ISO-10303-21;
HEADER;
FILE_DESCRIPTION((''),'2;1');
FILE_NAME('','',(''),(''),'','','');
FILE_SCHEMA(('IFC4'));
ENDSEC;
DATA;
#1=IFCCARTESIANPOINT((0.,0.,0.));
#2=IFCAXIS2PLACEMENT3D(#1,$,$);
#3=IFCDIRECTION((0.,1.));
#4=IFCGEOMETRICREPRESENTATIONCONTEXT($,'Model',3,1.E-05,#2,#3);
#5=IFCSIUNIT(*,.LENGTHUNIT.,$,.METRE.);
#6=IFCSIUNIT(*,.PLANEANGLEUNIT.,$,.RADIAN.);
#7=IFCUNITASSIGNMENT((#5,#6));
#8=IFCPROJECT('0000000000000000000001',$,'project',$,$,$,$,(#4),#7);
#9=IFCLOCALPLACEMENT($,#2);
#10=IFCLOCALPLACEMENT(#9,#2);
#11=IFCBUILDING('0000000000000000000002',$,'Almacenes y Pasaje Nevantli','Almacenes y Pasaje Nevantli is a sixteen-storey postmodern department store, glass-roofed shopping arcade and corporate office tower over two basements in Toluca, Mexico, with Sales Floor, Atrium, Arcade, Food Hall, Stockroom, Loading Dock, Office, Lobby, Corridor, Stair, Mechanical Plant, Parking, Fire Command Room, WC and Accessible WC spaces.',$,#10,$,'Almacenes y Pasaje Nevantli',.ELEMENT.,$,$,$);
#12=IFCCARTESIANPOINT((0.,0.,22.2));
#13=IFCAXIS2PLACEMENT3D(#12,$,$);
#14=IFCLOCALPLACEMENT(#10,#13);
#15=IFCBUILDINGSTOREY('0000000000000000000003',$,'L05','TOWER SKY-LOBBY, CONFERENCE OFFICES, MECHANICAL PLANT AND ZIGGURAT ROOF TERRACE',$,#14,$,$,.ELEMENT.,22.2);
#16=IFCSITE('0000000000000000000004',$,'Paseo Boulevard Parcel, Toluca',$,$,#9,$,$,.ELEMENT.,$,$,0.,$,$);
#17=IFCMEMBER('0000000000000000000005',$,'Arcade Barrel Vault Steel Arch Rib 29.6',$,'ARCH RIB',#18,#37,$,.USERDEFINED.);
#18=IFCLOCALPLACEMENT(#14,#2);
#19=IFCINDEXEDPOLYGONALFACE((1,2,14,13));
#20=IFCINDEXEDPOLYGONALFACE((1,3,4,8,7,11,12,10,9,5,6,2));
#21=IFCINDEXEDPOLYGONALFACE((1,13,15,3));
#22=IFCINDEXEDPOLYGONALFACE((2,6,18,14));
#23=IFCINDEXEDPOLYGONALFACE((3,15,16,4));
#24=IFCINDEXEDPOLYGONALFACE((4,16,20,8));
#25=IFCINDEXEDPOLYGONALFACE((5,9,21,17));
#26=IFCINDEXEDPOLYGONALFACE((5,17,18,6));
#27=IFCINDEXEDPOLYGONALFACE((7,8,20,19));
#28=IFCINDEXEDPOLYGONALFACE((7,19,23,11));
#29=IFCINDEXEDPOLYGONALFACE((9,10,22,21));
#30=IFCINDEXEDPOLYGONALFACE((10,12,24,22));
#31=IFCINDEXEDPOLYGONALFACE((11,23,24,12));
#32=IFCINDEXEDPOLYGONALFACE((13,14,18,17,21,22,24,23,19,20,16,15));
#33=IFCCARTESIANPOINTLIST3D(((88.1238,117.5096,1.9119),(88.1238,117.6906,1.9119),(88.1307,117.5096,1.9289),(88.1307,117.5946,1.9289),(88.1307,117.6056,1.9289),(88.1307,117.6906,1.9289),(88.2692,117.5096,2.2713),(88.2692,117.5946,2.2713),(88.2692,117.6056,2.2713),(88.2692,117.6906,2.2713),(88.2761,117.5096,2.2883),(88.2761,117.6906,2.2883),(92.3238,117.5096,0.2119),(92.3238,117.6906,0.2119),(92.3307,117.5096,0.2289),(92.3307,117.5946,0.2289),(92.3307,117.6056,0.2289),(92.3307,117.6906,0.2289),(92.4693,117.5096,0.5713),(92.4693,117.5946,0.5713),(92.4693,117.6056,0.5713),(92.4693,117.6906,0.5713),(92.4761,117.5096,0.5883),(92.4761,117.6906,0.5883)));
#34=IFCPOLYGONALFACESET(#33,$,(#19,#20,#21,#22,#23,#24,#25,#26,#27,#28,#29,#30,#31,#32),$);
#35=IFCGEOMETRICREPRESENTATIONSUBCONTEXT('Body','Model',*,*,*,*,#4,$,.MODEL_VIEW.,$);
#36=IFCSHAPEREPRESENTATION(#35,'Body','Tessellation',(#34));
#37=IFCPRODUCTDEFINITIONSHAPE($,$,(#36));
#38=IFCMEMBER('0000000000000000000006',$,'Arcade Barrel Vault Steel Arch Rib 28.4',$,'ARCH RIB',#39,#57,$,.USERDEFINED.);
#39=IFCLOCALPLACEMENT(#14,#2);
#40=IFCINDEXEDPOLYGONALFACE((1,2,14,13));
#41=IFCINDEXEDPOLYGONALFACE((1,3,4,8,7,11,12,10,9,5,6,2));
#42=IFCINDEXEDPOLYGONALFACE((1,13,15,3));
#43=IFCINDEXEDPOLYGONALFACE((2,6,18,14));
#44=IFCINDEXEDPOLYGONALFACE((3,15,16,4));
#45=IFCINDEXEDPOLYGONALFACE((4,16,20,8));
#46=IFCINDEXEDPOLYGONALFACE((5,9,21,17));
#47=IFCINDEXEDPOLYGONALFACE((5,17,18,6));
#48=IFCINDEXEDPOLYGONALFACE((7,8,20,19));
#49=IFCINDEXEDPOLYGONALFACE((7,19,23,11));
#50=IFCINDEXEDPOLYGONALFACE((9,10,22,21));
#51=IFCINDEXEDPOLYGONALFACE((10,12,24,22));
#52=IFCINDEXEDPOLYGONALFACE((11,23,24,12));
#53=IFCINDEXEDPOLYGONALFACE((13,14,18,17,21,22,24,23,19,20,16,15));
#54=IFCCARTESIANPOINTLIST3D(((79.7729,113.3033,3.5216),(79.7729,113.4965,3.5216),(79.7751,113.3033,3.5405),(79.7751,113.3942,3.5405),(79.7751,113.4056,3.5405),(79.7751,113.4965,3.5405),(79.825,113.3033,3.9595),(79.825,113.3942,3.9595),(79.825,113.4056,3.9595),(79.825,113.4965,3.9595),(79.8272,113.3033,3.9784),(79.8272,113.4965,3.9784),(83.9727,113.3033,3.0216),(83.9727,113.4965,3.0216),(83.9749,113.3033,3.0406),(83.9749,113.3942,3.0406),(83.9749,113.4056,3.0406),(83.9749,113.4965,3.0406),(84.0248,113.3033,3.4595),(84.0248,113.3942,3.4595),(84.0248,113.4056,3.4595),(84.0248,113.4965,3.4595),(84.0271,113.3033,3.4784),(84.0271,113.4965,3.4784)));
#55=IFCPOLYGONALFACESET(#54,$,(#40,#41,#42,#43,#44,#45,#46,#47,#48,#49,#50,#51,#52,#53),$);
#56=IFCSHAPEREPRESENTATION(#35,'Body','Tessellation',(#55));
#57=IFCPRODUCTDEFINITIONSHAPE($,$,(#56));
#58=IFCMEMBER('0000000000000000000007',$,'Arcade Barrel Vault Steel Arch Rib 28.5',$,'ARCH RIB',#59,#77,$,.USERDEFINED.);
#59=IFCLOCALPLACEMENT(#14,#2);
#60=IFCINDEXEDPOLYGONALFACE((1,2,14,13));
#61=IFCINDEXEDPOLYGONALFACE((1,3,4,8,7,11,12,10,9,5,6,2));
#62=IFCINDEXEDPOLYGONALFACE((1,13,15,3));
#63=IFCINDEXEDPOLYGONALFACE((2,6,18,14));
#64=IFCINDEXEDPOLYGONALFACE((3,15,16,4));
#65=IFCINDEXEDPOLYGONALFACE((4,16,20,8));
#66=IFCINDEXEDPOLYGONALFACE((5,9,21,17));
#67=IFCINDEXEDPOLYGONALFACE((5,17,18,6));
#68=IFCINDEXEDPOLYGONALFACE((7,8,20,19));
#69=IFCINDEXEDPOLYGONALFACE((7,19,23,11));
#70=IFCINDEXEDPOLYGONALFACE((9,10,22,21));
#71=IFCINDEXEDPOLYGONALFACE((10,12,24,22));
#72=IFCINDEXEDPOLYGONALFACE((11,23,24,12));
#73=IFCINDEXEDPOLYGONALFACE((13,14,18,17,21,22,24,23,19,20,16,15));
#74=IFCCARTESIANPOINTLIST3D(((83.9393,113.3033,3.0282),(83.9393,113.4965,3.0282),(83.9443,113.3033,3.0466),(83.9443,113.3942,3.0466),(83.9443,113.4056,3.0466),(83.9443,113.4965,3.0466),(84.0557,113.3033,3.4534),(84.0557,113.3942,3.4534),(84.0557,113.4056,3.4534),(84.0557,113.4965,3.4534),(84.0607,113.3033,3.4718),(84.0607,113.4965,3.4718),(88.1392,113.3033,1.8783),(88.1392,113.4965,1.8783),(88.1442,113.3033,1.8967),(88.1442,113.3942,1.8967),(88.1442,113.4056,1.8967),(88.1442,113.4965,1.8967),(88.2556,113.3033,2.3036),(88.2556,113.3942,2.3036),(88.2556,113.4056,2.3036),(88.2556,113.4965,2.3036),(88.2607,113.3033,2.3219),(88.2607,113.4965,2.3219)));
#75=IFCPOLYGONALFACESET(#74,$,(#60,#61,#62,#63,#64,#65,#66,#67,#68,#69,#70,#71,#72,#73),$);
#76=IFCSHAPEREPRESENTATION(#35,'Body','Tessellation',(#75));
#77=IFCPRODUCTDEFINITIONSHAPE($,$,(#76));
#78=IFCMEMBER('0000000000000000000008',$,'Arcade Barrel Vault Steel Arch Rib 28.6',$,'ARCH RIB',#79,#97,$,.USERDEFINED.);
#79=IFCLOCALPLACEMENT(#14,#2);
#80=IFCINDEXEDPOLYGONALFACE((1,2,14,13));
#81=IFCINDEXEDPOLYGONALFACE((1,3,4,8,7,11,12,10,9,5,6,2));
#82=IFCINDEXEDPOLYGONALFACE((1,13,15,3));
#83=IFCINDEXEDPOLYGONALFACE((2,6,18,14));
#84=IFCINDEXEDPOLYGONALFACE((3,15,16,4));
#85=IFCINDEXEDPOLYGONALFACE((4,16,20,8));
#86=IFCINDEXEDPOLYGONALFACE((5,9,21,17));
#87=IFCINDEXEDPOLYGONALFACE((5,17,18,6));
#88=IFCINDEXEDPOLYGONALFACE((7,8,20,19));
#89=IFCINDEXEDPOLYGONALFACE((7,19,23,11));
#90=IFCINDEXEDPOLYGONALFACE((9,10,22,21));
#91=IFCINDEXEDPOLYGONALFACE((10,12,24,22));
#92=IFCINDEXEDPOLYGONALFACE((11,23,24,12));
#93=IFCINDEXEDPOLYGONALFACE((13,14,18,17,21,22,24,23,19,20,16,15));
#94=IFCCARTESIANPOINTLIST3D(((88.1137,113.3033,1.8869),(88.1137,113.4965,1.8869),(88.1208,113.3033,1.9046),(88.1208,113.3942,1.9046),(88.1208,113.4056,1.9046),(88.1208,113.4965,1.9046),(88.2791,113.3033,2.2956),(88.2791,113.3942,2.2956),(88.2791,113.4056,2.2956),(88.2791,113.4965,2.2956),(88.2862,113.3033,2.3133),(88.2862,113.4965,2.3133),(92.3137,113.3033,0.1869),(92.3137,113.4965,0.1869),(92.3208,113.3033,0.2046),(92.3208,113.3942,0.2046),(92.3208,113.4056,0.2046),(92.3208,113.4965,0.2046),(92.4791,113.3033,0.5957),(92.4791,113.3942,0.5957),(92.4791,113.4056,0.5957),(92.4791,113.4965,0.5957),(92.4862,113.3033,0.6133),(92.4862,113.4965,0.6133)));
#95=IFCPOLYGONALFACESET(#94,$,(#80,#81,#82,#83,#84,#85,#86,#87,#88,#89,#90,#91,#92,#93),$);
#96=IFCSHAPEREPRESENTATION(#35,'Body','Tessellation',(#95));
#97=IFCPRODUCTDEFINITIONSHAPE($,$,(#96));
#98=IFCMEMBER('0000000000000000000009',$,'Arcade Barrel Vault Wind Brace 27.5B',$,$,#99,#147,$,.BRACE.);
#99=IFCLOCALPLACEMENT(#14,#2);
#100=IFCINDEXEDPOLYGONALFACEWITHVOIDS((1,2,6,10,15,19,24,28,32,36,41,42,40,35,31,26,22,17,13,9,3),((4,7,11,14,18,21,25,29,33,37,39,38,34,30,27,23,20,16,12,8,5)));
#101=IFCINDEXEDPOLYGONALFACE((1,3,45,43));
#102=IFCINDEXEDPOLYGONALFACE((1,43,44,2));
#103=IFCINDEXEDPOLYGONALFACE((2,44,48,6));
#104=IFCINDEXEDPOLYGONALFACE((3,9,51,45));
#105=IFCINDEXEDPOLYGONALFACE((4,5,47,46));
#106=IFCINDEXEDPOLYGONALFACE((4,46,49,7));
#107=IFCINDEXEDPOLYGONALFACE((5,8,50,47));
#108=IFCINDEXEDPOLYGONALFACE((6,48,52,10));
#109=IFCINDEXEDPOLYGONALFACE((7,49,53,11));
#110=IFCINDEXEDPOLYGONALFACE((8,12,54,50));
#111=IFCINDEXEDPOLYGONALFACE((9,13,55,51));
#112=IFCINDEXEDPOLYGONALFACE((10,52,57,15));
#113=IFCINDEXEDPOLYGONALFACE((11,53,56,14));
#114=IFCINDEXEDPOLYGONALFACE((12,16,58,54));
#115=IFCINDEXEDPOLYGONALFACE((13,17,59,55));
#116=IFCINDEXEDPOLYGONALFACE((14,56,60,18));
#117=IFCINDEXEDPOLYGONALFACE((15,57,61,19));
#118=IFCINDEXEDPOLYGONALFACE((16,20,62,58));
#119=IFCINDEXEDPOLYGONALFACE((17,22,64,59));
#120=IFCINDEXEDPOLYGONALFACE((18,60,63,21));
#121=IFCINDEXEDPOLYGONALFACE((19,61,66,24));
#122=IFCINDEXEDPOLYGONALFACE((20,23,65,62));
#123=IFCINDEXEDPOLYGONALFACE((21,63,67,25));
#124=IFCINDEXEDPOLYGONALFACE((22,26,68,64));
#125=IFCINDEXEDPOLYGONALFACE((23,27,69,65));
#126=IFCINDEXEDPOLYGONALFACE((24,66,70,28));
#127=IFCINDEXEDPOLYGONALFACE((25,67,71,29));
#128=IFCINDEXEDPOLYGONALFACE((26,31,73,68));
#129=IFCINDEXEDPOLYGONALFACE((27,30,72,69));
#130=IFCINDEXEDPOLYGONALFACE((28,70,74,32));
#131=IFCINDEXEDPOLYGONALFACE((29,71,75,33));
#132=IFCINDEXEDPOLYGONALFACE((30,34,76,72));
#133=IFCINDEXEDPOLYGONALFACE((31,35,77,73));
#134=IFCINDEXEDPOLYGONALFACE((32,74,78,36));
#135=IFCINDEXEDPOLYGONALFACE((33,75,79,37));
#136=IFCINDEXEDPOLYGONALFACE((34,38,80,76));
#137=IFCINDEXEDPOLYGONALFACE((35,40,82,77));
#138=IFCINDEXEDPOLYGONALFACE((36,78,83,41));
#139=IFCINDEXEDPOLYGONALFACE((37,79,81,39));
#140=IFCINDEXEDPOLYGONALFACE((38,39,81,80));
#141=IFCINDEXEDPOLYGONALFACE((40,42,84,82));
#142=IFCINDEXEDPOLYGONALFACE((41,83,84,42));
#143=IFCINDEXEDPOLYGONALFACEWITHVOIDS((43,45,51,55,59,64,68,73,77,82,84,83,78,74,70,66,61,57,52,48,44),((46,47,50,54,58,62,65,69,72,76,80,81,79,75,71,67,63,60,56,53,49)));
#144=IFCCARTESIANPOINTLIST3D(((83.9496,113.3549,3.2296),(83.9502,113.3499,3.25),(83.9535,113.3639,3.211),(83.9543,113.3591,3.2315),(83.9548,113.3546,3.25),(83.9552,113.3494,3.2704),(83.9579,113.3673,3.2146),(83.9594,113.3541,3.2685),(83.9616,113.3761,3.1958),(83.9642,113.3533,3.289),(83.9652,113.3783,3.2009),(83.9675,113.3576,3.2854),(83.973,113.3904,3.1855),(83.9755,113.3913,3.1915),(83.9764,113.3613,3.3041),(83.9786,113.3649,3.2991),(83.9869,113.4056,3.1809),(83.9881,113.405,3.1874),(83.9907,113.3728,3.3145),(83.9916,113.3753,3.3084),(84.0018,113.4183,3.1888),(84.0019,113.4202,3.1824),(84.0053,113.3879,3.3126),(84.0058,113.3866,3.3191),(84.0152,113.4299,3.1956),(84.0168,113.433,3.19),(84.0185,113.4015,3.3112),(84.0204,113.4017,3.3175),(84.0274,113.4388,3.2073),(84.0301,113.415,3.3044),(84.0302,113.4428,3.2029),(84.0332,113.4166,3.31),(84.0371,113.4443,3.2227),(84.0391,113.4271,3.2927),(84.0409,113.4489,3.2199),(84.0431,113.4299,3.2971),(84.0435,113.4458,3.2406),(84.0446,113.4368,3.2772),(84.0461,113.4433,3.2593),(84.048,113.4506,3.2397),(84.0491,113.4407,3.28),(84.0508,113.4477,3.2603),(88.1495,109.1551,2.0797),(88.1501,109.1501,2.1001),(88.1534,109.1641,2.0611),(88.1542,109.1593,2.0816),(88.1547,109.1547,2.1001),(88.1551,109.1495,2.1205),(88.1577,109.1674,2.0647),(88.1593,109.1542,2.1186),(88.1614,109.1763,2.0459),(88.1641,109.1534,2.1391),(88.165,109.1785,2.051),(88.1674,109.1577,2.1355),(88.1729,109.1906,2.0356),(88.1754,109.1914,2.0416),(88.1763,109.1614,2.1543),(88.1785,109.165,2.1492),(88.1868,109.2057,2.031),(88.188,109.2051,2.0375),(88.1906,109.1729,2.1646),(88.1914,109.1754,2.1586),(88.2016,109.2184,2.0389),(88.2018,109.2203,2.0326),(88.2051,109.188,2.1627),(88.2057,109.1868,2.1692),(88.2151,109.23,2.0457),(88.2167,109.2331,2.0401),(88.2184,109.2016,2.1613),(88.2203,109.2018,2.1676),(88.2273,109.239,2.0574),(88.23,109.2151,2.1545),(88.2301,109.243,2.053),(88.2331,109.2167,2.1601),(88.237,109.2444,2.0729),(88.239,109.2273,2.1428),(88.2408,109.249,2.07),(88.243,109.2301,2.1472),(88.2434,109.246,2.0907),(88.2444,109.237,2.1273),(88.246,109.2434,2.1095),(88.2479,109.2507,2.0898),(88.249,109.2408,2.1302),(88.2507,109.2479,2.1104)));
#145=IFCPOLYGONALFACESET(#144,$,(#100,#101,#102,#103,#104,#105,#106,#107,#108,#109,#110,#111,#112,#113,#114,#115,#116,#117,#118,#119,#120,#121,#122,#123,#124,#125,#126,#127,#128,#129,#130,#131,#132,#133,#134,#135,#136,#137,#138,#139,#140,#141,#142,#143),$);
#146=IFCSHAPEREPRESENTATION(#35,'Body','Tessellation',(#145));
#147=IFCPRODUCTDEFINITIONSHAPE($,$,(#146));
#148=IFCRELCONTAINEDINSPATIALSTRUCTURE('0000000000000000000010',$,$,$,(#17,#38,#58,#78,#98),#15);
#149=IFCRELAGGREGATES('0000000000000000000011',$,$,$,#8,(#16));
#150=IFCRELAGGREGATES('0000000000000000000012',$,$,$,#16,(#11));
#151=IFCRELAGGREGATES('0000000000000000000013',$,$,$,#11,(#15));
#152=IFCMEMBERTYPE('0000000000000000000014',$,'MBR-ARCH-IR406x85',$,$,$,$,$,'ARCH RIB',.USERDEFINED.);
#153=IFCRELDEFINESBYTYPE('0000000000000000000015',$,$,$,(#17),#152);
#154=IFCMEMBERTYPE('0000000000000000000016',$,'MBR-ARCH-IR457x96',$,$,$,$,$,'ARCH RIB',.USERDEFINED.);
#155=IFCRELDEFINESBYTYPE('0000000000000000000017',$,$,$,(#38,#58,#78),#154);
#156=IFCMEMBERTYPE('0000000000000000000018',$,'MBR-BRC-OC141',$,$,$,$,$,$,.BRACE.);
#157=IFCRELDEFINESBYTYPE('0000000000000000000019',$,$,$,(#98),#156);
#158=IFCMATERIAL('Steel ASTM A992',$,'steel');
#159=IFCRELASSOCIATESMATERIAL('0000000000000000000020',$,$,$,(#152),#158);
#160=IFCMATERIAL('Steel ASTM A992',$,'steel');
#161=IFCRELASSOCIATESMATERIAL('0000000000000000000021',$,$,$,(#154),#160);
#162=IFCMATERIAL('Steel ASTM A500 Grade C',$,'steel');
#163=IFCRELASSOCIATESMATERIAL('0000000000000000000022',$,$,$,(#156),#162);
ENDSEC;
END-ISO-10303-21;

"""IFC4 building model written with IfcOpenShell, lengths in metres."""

from ifc_helpers import new_model, si_unit, direction, frame, origin, origin_2d, place, context, subcontext, project, spatial, hollow_circle, i_section, extrude, material, material_profile, profile_set, type_object, element, save


model = new_model("IFC4")

# Units and contexts
model_context = context("Model", 3, precision=1e-05, world=origin(), true_north=direction((0.0, 1.0)))
body_context = subcontext(model_context, "Body", "Model", "MODEL_VIEW")
ifc_project = project(units=[si_unit("LENGTHUNIT", "METRE"), si_unit("PLANEANGLEUNIT", "RADIAN")], contexts=[model_context])

# Site, building, storey
site_placement = place(None, origin())
site = spatial("IfcSite", under=ifc_project, at=site_placement, Name="Paseo Boulevard Parcel, Toluca", CompositionType="ELEMENT", RefElevation=0.0)
building_placement = place(site_placement, origin())
building = spatial("IfcBuilding", under=site, at=building_placement, Name="Almacenes y Pasaje Nevantli", Description="Almacenes y Pasaje Nevantli is a sixteen-storey postmodern department store, glass-roofed shopping arcade and corporate office tower over two basements in Toluca, Mexico, with Sales Floor, Atrium, Arcade, Food Hall, Stockroom, Loading Dock, Office, Lobby, Corridor, Stair, Mechanical Plant, Parking, Fire Command Room, WC and Accessible WC spaces.", LongName="Almacenes y Pasaje Nevantli", CompositionType="ELEMENT")
storey_placement = place(building_placement, frame((0.0, 0.0, 22.2)))
storey = spatial("IfcBuildingStorey", under=building, at=storey_placement, Name="L05", Description="TOWER SKY-LOBBY, CONFERENCE OFFICES, MECHANICAL PLANT AND ZIGGURAT ROOF TERRACE", CompositionType="ELEMENT", Elevation=22.2)

# Members
ifc_material_1 = material(Name="Steel ASTM A992", Category="steel")
ifc_material_profile_1 = material_profile(ifc_material_1, i_section(OverallWidth=0.1809, OverallDepth=0.406, WebThickness=0.011, FlangeThickness=0.0183, at=origin_2d()), Name="IR 406x85.0")
ifc_profile_set_1 = profile_set([ifc_material_profile_1], Name="Steel ASTM A992")
member_type_1 = type_object("IfcMemberType", Name="MBR-ARCH-IR406x85", ElementType="ARCH RIB", PredefinedType="USERDEFINED", material=ifc_profile_set_1)
member_1_placement = place(storey_placement, frame((88.2, 117.6001, 2.1001), z_axis=(0.926949, 0.0, -0.375187), x_axis=(0.0, 1.0, 0.0)))
element("IfcMember", 1, at=member_1_placement, inside=storey, type_object=member_type_1, Name="Arcade Barrel Vault Steel Arch Rib 29.6", ObjectType="ARCH RIB", PredefinedType="USERDEFINED", context=body_context, shape_type="SweptSolid", body=[
    extrude(i_section(OverallWidth=0.1809, OverallDepth=0.406, WebThickness=0.011, FlangeThickness=0.0183, at=origin_2d()), origin(), (0.0, 0.0, 1.0), 4.531),
])
ifc_material_2 = material(Name="Steel ASTM A992", Category="steel")
ifc_material_profile_2 = material_profile(ifc_material_2, i_section(OverallWidth=0.1931, OverallDepth=0.46, WebThickness=0.0115, FlangeThickness=0.019, at=origin_2d()), Name="IR 457x96.7")
ifc_profile_set_2 = profile_set([ifc_material_profile_2], Name="Steel ASTM A992")
member_type_2 = type_object("IfcMemberType", Name="MBR-ARCH-IR457x96", ElementType="ARCH RIB", PredefinedType="USERDEFINED", material=ifc_profile_set_2)
member_2_placement = place(storey_placement, frame((79.8, 113.3999, 3.75), z_axis=(0.992988, 0.0, -0.118214), x_axis=(0.0, 1.0, 0.0)))
element("IfcMember", 2, at=member_2_placement, inside=storey, type_object=member_type_2, Name="Arcade Barrel Vault Steel Arch Rib 28.4", ObjectType="ARCH RIB", PredefinedType="USERDEFINED", context=body_context, shape_type="SweptSolid", body=[
    extrude(i_section(OverallWidth=0.1931, OverallDepth=0.46, WebThickness=0.0115, FlangeThickness=0.019, at=origin_2d()), origin(), (0.0, 0.0, 1.0), 4.2295),
])
member_3_placement = place(storey_placement, frame((84.0, 113.3999, 3.25), z_axis=(0.964503, 0.0, -0.264071), x_axis=(0.0, 1.0, 0.0)))
element("IfcMember", 3, at=member_3_placement, inside=storey, type_object=member_type_2, Name="Arcade Barrel Vault Steel Arch Rib 28.5", ObjectType="ARCH RIB", PredefinedType="USERDEFINED", context=body_context, shape_type="SweptSolid", body=[
    extrude(i_section(OverallWidth=0.1931, OverallDepth=0.46, WebThickness=0.0115, FlangeThickness=0.019, at=origin_2d()), origin(), (0.0, 0.0, 1.0), 4.3545),
])
member_4_placement = place(storey_placement, frame((88.2, 113.3999, 2.1001), z_axis=(0.926949, 0.0, -0.375187), x_axis=(0.0, 1.0, 0.0)))
element("IfcMember", 4, at=member_4_placement, inside=storey, type_object=member_type_2, Name="Arcade Barrel Vault Steel Arch Rib 28.6", ObjectType="ARCH RIB", PredefinedType="USERDEFINED", context=body_context, shape_type="SweptSolid", body=[
    extrude(i_section(OverallWidth=0.1931, OverallDepth=0.46, WebThickness=0.0115, FlangeThickness=0.019, at=origin_2d()), origin(), (0.0, 0.0, 1.0), 4.531),
])
ifc_material_3 = material(Name="Steel ASTM A500 Grade C", Category="steel")
ifc_material_profile_3 = material_profile(ifc_material_3, hollow_circle(Radius=0.0706, WallThickness=0.0066, at=origin_2d()), Name="OC 141x6.6")
ifc_profile_set_3 = profile_set([ifc_material_profile_3], Name="Steel ASTM A500 Grade C")
member_type_3 = type_object("IfcMemberType", Name="MBR-BRC-OC141", PredefinedType="BRACE", material=ifc_profile_set_3)
member_5_placement = place(storey_placement, frame((88.2, 109.2, 2.1001), z_axis=(-0.694217, 0.694217, 0.190069), x_axis=(-0.707107, -0.707107, 0.0)))
element("IfcMember", 5, at=member_5_placement, inside=storey, type_object=member_type_3, Name="Arcade Barrel Vault Wind Brace 27.5B", PredefinedType="BRACE", context=body_context, shape_type="SweptSolid", body=[
    extrude(hollow_circle(Radius=0.0706, WallThickness=0.0066, at=origin_2d()), origin(), (0.0, 0.0, 1.0), 6.0498),
])

save(model, "model.ifc")
